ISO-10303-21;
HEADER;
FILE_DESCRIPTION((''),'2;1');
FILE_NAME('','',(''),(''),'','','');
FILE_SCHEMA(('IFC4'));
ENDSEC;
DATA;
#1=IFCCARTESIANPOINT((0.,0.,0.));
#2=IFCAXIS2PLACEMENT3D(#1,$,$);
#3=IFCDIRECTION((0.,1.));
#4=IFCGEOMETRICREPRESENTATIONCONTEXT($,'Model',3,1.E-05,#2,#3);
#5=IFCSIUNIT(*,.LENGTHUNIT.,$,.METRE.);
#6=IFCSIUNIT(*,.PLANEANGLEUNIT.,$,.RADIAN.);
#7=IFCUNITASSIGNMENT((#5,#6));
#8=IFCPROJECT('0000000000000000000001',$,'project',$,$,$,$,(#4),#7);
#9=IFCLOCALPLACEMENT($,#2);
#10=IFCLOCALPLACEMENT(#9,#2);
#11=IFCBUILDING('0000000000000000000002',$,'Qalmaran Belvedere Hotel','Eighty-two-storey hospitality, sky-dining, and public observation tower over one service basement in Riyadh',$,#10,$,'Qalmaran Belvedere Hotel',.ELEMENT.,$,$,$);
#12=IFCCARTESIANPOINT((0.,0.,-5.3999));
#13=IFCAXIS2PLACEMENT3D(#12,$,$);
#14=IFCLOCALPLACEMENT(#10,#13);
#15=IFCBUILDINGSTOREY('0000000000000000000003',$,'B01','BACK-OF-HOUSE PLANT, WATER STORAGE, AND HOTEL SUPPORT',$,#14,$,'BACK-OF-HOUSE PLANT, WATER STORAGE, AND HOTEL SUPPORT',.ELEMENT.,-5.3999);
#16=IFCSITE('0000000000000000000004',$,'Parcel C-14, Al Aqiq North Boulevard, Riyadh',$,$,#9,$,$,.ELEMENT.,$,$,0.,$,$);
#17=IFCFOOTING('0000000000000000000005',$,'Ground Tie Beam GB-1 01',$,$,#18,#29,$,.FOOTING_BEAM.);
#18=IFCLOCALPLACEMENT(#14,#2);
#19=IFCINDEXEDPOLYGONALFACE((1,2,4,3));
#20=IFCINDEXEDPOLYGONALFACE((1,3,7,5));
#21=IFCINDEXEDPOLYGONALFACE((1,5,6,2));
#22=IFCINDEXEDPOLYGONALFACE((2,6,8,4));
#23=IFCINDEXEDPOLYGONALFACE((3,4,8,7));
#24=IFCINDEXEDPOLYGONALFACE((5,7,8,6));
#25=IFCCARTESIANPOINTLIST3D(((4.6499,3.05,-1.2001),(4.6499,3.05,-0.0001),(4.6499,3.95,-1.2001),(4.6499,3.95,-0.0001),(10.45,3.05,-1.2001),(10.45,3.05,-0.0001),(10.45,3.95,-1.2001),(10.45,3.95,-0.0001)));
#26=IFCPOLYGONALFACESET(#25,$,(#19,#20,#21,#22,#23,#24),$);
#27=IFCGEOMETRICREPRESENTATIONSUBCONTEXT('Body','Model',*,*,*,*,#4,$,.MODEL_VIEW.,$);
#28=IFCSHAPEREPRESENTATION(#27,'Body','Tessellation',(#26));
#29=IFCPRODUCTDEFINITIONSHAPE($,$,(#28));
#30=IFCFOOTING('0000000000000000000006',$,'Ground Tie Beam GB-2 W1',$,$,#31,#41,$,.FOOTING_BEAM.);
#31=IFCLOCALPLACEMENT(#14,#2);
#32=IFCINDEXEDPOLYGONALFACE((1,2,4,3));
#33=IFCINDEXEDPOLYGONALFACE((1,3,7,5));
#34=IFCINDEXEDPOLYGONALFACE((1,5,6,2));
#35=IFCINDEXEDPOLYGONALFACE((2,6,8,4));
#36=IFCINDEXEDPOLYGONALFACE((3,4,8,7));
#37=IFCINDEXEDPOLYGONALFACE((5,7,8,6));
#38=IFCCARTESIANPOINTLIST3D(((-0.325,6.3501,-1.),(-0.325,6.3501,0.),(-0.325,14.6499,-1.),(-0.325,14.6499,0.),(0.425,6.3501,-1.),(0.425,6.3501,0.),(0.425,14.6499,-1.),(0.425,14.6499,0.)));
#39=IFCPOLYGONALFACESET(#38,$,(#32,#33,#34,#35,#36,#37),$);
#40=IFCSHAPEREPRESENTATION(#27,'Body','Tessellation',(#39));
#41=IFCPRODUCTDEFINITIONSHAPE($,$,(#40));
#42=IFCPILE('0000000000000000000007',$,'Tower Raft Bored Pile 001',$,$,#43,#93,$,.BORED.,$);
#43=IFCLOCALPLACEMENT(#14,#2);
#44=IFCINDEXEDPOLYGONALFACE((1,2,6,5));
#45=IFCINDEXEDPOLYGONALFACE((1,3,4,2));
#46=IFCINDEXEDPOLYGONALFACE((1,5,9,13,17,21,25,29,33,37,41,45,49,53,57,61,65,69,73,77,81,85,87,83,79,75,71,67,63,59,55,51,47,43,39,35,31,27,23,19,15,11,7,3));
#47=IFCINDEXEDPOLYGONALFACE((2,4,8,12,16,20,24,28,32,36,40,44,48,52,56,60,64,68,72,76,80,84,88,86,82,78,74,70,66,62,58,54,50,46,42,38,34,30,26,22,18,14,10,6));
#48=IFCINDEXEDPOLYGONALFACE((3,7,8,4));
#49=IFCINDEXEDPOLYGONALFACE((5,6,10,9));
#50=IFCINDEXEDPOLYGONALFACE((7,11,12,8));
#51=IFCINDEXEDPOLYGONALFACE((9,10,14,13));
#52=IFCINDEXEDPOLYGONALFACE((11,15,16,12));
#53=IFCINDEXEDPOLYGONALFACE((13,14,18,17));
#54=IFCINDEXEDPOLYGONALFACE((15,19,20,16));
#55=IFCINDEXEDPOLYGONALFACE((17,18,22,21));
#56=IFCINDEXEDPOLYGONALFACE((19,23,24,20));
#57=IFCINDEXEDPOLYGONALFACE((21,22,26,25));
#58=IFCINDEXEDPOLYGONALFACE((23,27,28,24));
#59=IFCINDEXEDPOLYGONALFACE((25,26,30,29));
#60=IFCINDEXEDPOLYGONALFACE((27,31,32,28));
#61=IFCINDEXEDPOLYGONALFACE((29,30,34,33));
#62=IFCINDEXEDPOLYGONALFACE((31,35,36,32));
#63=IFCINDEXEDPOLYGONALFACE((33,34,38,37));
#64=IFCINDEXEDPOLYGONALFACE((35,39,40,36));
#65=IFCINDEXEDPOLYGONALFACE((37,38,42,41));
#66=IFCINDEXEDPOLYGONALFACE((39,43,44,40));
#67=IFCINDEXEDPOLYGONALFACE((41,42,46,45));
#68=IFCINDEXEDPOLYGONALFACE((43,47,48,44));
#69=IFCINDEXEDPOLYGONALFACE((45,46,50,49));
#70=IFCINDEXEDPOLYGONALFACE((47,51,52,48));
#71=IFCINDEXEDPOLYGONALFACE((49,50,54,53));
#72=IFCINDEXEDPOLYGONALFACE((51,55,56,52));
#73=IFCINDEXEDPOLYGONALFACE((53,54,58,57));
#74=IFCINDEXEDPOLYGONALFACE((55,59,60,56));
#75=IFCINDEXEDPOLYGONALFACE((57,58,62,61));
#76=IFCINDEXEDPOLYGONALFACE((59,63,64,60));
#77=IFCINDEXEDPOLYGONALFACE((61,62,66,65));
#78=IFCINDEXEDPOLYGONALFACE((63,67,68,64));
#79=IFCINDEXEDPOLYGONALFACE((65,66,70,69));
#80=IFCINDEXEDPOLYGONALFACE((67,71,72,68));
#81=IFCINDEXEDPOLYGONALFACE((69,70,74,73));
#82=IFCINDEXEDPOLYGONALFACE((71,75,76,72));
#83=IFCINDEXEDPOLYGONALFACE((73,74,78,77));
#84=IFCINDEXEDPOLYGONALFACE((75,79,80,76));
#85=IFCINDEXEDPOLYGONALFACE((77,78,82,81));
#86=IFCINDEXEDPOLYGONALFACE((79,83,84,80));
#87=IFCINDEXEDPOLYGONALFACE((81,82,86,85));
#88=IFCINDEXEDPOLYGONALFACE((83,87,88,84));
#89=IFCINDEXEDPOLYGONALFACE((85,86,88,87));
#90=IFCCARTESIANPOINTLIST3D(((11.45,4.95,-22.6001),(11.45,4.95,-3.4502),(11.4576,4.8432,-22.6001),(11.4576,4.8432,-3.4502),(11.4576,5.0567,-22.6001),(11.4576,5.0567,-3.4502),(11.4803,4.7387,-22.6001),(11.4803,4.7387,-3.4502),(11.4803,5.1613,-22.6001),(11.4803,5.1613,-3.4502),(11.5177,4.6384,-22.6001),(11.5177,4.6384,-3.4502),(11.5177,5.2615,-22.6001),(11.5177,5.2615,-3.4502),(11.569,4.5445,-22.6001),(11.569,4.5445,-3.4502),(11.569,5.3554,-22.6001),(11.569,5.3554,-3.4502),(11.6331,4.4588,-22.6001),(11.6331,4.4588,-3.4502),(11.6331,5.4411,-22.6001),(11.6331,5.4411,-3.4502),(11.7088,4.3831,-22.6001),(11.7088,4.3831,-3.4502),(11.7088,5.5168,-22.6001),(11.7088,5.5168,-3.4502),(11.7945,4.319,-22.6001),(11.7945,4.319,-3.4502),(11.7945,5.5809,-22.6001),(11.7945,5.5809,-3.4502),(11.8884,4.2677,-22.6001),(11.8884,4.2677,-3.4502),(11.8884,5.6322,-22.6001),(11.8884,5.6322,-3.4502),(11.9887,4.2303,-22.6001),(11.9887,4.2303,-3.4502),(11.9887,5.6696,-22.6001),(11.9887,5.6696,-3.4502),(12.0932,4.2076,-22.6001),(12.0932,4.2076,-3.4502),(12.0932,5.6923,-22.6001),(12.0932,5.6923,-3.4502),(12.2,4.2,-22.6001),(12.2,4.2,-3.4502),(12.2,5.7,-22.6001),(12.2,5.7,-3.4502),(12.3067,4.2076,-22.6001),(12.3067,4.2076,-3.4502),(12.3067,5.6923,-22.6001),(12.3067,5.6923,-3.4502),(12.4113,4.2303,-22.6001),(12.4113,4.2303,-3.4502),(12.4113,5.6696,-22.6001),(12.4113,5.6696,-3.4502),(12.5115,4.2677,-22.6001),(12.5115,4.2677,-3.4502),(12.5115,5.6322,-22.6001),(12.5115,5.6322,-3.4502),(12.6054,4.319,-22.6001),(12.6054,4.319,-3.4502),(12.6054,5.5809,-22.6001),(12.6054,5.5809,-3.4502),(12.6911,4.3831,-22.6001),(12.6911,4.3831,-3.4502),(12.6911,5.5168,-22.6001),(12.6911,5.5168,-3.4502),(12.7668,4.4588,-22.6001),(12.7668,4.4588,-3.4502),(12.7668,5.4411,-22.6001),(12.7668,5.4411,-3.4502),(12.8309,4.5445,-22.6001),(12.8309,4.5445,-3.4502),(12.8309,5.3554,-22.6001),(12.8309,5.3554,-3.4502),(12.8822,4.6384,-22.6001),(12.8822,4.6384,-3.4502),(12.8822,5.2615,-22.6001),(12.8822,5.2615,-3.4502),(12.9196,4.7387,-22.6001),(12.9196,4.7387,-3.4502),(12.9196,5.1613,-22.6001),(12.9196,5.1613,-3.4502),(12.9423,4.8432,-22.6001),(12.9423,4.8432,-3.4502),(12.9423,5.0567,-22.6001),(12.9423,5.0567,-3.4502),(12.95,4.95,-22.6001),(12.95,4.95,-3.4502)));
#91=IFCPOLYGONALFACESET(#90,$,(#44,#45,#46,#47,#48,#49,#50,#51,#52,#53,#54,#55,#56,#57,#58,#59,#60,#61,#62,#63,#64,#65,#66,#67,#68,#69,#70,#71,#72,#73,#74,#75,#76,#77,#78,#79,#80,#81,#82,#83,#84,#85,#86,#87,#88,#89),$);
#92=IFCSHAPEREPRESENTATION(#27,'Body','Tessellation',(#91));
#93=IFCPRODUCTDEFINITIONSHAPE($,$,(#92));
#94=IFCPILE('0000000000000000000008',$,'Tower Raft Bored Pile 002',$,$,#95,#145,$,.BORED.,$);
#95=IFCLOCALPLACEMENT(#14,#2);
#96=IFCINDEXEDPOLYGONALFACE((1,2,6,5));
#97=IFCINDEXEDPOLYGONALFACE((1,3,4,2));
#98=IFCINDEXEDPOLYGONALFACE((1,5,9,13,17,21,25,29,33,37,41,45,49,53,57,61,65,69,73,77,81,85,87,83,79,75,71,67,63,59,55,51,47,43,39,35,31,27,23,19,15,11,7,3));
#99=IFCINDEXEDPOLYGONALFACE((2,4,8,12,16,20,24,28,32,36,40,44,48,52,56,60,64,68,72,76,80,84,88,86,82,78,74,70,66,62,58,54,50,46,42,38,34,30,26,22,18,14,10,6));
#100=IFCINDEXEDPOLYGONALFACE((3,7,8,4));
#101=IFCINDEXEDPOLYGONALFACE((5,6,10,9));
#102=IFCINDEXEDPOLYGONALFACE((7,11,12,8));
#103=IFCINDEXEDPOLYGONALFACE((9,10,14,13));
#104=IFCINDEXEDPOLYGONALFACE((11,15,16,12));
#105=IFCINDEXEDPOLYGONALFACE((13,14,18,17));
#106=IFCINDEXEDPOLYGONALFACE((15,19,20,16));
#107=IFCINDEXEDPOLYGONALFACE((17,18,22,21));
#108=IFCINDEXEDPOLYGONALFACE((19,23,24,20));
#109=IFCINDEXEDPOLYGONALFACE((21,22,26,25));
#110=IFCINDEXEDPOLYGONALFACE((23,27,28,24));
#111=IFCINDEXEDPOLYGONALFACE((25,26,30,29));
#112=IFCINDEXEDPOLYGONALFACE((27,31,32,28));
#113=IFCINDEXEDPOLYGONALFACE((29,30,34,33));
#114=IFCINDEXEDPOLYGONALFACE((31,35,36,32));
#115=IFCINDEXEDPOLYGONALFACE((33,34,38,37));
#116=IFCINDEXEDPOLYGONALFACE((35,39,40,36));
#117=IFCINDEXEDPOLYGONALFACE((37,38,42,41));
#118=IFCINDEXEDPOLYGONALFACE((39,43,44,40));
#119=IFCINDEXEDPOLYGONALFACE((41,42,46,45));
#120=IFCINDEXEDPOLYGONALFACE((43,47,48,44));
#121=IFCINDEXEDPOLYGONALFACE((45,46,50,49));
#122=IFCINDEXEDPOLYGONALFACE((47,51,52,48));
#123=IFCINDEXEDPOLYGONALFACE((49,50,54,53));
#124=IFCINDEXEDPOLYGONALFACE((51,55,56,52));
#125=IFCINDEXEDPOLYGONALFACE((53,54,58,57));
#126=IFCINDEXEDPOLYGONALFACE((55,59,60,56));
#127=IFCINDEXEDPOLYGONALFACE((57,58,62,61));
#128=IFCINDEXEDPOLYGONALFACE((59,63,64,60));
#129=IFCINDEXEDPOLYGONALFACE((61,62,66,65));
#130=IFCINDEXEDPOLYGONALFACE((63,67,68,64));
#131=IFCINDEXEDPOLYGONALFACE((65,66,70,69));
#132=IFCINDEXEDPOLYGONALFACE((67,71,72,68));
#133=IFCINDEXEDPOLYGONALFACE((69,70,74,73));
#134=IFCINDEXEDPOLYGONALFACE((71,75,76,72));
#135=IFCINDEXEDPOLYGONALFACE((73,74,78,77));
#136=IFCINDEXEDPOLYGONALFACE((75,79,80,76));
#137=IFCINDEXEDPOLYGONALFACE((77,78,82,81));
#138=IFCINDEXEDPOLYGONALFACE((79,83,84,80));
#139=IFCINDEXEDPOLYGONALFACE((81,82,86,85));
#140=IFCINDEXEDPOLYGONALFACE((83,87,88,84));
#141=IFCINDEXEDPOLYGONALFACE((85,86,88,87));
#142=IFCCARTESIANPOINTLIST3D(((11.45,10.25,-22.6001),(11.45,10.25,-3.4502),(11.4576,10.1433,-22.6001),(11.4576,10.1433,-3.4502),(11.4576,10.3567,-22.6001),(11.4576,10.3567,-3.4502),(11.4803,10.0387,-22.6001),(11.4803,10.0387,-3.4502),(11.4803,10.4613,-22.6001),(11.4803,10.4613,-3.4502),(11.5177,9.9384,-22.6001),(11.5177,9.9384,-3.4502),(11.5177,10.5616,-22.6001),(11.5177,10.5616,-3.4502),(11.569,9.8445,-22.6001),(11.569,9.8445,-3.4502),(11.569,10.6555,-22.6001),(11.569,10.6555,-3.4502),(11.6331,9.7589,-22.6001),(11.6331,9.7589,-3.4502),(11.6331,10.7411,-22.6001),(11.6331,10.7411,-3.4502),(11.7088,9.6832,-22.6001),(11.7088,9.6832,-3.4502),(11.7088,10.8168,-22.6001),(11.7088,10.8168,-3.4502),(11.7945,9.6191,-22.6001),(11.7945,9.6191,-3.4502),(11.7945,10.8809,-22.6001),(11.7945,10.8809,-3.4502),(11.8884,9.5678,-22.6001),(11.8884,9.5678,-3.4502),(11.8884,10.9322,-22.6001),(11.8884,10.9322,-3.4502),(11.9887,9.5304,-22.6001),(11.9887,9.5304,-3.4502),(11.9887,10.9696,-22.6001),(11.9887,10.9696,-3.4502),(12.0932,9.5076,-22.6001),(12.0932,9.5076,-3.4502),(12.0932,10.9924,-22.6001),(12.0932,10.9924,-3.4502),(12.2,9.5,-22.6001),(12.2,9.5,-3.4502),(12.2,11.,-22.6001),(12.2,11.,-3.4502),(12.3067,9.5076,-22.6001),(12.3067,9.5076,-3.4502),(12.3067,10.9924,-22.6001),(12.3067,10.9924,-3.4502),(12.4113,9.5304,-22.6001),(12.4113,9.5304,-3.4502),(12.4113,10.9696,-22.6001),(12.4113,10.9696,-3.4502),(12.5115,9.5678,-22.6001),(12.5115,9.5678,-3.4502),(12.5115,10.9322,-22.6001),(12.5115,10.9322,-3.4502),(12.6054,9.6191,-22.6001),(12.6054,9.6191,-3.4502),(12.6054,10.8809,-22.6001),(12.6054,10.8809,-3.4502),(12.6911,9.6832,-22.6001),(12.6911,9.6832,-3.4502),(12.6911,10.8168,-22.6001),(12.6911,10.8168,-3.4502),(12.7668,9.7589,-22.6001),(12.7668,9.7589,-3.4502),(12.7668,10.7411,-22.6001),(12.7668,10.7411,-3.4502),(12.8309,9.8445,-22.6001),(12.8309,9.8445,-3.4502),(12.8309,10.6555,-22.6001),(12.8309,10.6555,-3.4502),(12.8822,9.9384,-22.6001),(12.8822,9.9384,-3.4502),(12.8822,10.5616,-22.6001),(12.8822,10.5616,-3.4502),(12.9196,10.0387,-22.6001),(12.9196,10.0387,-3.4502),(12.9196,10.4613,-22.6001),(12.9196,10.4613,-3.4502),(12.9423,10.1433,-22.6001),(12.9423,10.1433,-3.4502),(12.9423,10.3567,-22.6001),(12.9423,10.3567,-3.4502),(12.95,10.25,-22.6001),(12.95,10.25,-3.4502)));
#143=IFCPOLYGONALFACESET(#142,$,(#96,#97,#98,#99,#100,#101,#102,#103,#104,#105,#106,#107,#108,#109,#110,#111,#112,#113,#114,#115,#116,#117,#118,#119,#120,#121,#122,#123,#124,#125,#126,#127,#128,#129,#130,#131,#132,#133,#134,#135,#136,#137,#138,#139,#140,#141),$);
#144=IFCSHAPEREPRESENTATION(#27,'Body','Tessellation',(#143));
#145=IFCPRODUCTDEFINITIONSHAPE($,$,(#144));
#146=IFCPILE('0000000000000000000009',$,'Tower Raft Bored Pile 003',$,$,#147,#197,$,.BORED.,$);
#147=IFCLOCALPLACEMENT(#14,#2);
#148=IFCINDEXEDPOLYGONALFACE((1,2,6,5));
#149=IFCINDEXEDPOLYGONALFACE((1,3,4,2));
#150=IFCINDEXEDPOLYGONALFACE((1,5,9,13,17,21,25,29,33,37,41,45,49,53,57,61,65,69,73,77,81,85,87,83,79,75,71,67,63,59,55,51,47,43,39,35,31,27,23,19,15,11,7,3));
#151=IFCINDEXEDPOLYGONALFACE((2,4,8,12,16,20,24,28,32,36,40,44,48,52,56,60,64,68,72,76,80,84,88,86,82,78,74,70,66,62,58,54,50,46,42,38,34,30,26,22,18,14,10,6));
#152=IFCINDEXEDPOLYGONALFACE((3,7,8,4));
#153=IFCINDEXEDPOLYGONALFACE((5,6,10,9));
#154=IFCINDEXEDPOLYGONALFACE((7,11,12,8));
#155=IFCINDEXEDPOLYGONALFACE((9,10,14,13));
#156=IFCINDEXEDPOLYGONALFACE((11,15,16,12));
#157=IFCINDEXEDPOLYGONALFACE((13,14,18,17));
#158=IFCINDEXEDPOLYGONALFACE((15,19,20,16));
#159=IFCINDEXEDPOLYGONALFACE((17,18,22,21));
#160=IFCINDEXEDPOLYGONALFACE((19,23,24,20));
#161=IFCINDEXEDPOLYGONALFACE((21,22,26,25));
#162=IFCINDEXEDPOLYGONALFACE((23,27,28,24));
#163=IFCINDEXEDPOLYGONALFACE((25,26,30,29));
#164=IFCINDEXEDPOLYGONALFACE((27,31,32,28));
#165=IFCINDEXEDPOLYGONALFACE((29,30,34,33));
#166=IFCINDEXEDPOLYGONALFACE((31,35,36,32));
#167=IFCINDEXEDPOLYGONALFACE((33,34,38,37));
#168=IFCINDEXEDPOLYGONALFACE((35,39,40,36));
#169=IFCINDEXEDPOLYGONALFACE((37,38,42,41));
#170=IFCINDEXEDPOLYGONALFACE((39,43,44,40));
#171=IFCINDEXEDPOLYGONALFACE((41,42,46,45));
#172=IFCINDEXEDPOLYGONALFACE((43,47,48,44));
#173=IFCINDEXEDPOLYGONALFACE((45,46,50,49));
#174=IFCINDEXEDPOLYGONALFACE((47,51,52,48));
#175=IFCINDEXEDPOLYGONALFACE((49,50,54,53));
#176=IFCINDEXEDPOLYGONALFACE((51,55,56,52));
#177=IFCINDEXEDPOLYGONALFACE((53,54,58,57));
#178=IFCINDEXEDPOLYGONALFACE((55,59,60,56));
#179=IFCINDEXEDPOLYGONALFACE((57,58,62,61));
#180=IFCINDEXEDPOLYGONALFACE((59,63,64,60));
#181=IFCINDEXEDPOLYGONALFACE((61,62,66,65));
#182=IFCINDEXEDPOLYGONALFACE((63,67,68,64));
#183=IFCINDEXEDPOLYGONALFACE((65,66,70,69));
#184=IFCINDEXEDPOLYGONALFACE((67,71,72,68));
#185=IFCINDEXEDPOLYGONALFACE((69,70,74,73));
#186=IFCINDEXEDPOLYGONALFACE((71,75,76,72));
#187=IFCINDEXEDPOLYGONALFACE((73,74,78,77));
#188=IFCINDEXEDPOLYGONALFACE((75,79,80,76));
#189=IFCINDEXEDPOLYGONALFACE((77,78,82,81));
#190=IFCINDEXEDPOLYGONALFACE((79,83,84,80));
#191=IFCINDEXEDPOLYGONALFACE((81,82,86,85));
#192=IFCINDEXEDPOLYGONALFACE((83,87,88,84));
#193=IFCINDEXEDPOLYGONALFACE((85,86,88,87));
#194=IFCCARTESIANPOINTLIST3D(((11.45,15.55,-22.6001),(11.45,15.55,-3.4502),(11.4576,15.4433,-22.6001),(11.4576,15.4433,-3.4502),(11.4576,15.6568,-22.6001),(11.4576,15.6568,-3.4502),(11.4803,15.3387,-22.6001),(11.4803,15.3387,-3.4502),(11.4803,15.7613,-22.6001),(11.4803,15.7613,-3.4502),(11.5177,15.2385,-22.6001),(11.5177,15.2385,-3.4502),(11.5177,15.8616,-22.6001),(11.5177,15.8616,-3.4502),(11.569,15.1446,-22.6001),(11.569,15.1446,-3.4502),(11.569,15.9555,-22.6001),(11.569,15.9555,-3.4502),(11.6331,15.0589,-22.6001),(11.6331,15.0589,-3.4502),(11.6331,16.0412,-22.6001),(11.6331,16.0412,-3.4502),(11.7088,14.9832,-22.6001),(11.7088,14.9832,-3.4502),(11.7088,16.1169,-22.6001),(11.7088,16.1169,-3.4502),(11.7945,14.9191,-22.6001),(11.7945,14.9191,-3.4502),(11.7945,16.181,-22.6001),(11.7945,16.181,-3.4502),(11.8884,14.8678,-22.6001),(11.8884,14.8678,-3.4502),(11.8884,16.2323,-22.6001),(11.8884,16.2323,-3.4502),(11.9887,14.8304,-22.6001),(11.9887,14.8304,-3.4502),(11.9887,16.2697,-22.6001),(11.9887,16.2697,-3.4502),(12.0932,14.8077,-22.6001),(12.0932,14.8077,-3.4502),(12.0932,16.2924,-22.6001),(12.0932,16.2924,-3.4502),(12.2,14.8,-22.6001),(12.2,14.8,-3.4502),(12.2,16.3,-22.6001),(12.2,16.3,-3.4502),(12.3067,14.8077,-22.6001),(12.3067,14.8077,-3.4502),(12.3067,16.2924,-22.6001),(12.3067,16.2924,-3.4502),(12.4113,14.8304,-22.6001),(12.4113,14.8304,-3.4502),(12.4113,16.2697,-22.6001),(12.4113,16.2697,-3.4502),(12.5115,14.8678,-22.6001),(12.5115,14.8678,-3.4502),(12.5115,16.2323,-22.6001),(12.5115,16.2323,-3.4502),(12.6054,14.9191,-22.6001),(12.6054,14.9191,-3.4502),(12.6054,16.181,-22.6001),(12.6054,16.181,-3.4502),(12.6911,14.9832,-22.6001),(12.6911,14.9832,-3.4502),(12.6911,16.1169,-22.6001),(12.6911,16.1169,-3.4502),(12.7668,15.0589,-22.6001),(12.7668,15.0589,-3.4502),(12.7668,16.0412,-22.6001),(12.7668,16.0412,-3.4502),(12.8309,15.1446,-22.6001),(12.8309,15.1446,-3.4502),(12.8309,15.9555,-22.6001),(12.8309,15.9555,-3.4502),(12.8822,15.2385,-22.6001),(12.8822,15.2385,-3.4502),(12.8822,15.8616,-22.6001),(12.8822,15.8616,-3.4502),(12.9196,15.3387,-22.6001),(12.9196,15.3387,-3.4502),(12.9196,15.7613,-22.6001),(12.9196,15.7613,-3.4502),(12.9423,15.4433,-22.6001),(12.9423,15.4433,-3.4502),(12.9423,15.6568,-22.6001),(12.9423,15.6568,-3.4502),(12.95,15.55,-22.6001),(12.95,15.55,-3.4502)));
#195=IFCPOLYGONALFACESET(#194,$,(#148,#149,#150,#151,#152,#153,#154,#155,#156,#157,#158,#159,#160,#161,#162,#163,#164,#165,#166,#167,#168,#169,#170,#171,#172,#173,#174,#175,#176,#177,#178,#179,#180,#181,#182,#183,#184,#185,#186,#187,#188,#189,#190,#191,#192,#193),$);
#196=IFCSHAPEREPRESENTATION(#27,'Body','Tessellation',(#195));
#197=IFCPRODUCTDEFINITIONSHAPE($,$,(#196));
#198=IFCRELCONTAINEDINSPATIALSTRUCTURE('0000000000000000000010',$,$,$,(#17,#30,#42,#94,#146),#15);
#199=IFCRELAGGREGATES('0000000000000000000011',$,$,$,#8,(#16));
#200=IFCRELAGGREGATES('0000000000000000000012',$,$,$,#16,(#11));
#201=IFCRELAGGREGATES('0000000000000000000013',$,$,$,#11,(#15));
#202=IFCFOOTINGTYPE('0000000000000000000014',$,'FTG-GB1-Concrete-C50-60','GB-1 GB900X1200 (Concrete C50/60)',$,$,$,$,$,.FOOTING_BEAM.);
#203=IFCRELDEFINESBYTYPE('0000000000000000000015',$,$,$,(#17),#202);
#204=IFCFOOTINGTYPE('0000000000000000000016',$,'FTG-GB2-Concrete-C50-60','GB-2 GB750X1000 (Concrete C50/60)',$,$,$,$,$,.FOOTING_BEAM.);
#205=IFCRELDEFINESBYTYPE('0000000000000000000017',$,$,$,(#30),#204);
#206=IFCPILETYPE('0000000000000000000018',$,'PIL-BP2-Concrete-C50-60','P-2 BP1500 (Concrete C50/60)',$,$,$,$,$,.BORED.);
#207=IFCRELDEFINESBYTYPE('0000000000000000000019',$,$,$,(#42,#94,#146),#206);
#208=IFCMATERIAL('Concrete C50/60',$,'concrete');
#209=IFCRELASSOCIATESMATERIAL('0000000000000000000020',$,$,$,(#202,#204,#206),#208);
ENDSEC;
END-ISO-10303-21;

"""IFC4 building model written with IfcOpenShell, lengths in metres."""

from ifc_helpers import new_model, si_unit, direction, frame, origin, origin_2d, place, context, subcontext, project, spatial, rectangle, circle, extrude, material, material_profile, profile_set, type_object, element, save


model = new_model("IFC4")

# Units and contexts
model_context = context("Model", 3, precision=1e-05, world=origin(), true_north=direction((0.0, 1.0)))
body_context = subcontext(model_context, "Body", "Model", "MODEL_VIEW")
ifc_project = project(units=[si_unit("LENGTHUNIT", "METRE"), si_unit("PLANEANGLEUNIT", "RADIAN")], contexts=[model_context])

# Site, building, storey
site_placement = place(None, origin())
site = spatial("IfcSite", under=ifc_project, at=site_placement, Name="Parcel C-14, Al Aqiq North Boulevard, Riyadh", CompositionType="ELEMENT", RefElevation=0.0)
building_placement = place(site_placement, origin())
building = spatial("IfcBuilding", under=site, at=building_placement, Name="Qalmaran Belvedere Hotel", Description="Eighty-two-storey hospitality, sky-dining, and public observation tower over one service basement in Riyadh", LongName="Qalmaran Belvedere Hotel", CompositionType="ELEMENT")
storey_placement = place(building_placement, frame((0.0, 0.0, -5.3999)))
storey = spatial("IfcBuildingStorey", under=building, at=storey_placement, Name="B01", Description="BACK-OF-HOUSE PLANT, WATER STORAGE, AND HOTEL SUPPORT", LongName="BACK-OF-HOUSE PLANT, WATER STORAGE, AND HOTEL SUPPORT", CompositionType="ELEMENT", Elevation=-5.3999)

# Footings
ifc_material_1 = material(Name="Concrete C50/60", Category="concrete")
ifc_material_profile_1 = material_profile(ifc_material_1, rectangle(XDim=0.8999, YDim=1.2, at=origin_2d()), Name="GB900X1200")
ifc_profile_set_1 = profile_set([ifc_material_profile_1], Name="Concrete C50/60")
footing_type_1 = type_object("IfcFootingType", Name="FTG-GB1-Concrete-C50-60", Description="GB-1 GB900X1200 (Concrete C50/60)", PredefinedType="FOOTING_BEAM", material=ifc_profile_set_1)
footing_1_placement = place(storey_placement, frame((4.6499, 3.5, -0.6001), z_axis=(1.0, 0.0, 0.0), x_axis=(0.0, 1.0, 0.0)))
element("IfcFooting", 1, at=footing_1_placement, inside=storey, type_object=footing_type_1, Name="Ground Tie Beam GB-1 01", PredefinedType="FOOTING_BEAM", context=body_context, shape_type="SweptSolid", body=[
    extrude(rectangle(XDim=0.8999, YDim=1.2, at=origin_2d()), origin(), (0.0, 0.0, 1.0), 5.8),
])
ifc_material_profile_2 = material_profile(ifc_material_1, rectangle(XDim=0.75, YDim=1.0, at=origin_2d()), Name="GB750X1000")
ifc_profile_set_2 = profile_set([ifc_material_profile_2], Name="Concrete C50/60")
footing_type_2 = type_object("IfcFootingType", Name="FTG-GB2-Concrete-C50-60", Description="GB-2 GB750X1000 (Concrete C50/60)", PredefinedType="FOOTING_BEAM", material=ifc_profile_set_2)
footing_2_placement = place(storey_placement, frame((0.05, 6.3501, -0.5), z_axis=(0.0, 1.0, 0.0), x_axis=(-1.0, 0.0, 0.0)))
element("IfcFooting", 2, at=footing_2_placement, inside=storey, type_object=footing_type_2, Name="Ground Tie Beam GB-2 W1", PredefinedType="FOOTING_BEAM", context=body_context, shape_type="SweptSolid", body=[
    extrude(rectangle(XDim=0.75, YDim=1.0, at=origin_2d()), origin(), (0.0, 0.0, 1.0), 8.2998),
])

# Piles
ifc_material_profile_3 = material_profile(ifc_material_1, circle(Radius=0.75, at=origin_2d()), Name="BP1500")
ifc_profile_set_3 = profile_set([ifc_material_profile_3], Name="Concrete C50/60")
pile_type_1 = type_object("IfcPileType", Name="PIL-BP2-Concrete-C50-60", Description="P-2 BP1500 (Concrete C50/60)", PredefinedType="BORED", material=ifc_profile_set_3)
for number, where, z_axis, x_axis, name in (
    (3, (12.2, 4.95, -3.4502), (0.0, 0.0, -1.0), (1.0, 0.0, 0.0), "Tower Raft Bored Pile 001"),
    (4, (12.2, 10.25, -3.4502), (0.0, 0.0, -1.0), (1.0, 0.0, 0.0), "Tower Raft Bored Pile 002"),
    (5, (12.2, 15.55, -3.4502), (0.0, 0.0, -1.0), (1.0, 0.0, 0.0), "Tower Raft Bored Pile 003"),
):
    element("IfcPile", number, at=place(storey_placement, frame(where, z_axis=z_axis, x_axis=x_axis)), inside=storey, type_object=pile_type_1, Name=name, PredefinedType="BORED", context=body_context, shape_type="SweptSolid", body=[
        extrude(circle(Radius=0.75, at=origin_2d()), origin(), (0.0, 0.0, 1.0), 19.1499),
    ])

save(model, "model.ifc")
